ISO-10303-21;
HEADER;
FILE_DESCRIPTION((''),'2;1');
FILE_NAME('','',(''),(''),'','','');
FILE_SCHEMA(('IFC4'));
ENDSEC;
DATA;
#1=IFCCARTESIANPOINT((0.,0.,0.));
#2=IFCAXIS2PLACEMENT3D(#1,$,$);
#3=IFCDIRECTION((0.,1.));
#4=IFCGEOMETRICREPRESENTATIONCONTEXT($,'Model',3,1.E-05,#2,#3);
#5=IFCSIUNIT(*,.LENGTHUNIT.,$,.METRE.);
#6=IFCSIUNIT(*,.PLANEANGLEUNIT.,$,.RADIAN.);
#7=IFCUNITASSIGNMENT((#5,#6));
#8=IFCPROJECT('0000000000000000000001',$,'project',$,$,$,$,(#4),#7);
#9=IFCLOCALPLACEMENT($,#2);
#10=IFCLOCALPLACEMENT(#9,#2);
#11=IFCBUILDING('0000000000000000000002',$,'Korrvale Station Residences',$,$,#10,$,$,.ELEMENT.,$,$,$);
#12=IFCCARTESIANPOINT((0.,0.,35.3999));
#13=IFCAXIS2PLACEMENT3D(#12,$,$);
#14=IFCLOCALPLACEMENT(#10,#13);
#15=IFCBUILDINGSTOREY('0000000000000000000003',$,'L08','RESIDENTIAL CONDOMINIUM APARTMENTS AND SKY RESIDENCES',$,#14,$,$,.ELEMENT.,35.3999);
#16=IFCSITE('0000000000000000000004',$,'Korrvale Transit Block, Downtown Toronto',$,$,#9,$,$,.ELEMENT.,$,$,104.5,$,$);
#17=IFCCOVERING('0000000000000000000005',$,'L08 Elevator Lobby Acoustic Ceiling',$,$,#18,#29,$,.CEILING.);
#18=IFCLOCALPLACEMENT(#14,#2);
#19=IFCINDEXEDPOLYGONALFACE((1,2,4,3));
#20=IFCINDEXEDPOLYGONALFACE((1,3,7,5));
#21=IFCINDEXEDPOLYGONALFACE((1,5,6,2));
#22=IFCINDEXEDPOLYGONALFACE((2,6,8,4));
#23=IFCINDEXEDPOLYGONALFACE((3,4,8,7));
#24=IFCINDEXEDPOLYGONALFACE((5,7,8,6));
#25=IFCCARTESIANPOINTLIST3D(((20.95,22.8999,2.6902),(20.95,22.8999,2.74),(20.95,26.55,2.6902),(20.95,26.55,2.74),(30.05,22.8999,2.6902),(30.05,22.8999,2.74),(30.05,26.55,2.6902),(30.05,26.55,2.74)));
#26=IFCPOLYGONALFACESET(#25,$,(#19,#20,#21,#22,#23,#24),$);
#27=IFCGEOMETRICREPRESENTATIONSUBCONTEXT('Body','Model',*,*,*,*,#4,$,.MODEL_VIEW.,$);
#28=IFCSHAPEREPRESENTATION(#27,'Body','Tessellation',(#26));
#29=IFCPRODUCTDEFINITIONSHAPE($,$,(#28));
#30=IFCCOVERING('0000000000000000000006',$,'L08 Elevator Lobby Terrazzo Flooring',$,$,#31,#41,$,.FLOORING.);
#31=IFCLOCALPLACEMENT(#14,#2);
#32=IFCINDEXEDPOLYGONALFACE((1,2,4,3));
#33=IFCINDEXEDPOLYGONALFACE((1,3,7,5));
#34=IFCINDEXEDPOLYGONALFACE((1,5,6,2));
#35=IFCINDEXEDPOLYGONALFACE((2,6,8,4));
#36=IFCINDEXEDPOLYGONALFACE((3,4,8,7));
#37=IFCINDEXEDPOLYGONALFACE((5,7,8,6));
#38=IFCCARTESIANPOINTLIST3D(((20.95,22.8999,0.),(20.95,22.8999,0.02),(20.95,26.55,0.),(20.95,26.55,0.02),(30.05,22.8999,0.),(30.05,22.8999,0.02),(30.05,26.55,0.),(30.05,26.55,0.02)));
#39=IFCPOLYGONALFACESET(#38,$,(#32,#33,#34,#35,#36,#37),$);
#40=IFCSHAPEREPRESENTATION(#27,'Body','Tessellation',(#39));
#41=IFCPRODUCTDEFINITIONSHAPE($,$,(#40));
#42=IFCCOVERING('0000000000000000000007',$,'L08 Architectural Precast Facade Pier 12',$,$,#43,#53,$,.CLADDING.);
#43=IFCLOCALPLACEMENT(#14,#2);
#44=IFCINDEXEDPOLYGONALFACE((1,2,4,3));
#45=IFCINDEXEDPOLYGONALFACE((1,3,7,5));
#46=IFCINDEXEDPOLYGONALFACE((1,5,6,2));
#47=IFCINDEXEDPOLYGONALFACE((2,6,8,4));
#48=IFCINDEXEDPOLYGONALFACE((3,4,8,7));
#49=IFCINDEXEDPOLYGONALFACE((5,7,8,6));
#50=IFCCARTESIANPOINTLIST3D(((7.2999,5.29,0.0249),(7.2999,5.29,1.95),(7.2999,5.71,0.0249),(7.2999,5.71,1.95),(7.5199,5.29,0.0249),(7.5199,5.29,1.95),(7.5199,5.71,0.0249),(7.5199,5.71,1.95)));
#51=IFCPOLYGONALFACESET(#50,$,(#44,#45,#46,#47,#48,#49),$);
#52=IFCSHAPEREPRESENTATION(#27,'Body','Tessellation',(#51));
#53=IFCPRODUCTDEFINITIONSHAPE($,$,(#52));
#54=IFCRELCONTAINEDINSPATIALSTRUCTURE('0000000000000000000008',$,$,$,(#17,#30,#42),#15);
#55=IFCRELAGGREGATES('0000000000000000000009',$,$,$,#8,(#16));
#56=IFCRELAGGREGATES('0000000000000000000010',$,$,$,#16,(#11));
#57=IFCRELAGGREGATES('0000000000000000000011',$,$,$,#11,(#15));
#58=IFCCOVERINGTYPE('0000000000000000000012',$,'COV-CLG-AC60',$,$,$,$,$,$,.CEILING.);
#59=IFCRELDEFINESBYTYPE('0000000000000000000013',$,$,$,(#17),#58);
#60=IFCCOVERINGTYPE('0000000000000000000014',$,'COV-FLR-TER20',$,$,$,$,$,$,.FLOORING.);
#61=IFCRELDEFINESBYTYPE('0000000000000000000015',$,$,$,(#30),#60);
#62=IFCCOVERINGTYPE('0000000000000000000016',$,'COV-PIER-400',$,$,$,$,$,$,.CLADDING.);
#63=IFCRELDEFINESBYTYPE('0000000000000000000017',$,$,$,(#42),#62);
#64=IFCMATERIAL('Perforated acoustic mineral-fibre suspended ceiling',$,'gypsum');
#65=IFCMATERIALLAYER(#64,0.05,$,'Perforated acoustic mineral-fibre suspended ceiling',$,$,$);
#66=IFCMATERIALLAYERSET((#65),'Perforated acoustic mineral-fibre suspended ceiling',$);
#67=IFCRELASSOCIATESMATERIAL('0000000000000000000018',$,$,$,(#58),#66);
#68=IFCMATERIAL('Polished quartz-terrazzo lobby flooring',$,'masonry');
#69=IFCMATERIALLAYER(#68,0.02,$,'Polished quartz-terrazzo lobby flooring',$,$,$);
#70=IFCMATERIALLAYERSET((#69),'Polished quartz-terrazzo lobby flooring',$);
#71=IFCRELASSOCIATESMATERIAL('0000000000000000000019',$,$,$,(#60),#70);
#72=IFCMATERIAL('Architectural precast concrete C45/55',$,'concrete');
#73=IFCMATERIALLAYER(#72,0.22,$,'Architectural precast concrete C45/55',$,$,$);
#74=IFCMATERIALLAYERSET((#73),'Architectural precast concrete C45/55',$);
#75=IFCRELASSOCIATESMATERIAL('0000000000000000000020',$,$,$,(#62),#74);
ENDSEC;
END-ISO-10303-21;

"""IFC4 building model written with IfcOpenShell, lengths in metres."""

from ifc_helpers import new_model, si_unit, direction, frame, origin, origin_2d, place, context, subcontext, project, spatial, polyline, rectangle, outline, extrude, material, layer, layer_set, type_object, element, save


model = new_model("IFC4")

# Units and contexts
model_context = context("Model", 3, precision=1e-05, world=origin(), true_north=direction((0.0, 1.0)))
body_context = subcontext(model_context, "Body", "Model", "MODEL_VIEW")
ifc_project = project(units=[si_unit("LENGTHUNIT", "METRE"), si_unit("PLANEANGLEUNIT", "RADIAN")], contexts=[model_context])

# Site, building, storey
site_placement = place(None, origin())
site = spatial("IfcSite", under=ifc_project, at=site_placement, Name="Korrvale Transit Block, Downtown Toronto", CompositionType="ELEMENT", RefElevation=104.5)
building_placement = place(site_placement, origin())
building = spatial("IfcBuilding", under=site, at=building_placement, Name="Korrvale Station Residences", CompositionType="ELEMENT")
storey_placement = place(building_placement, frame((0.0, 0.0, 35.3999)))
storey = spatial("IfcBuildingStorey", under=building, at=storey_placement, Name="L08", Description="RESIDENTIAL CONDOMINIUM APARTMENTS AND SKY RESIDENCES", CompositionType="ELEMENT", Elevation=35.3999)

# Coverings
ifc_material_1 = material(Name="Perforated acoustic mineral-fibre suspended ceiling", Category="gypsum")
ifc_layer_1 = layer(ifc_material_1, 0.05, Name="Perforated acoustic mineral-fibre suspended ceiling")
ifc_layer_set_1 = layer_set([ifc_layer_1], Name="Perforated acoustic mineral-fibre suspended ceiling")
covering_type_1 = type_object("IfcCoveringType", Name="COV-CLG-AC60", PredefinedType="CEILING", material=ifc_layer_set_1)
covering_1_placement = place(storey_placement, frame((0.0, 0.0, 2.6902)))
element("IfcCovering", 1, at=covering_1_placement, inside=storey, type_object=covering_type_1, Name="L08 Elevator Lobby Acoustic Ceiling", PredefinedType="CEILING", context=body_context, shape_type="SweptSolid", body=[
    extrude(outline(polyline([(20.95, 22.8999), (30.05, 22.8999), (30.05, 26.55), (20.95, 26.55), (20.95, 22.8999)])), origin(), (0.0, 0.0, 1.0), 0.0498),
])
ifc_material_2 = material(Name="Polished quartz-terrazzo lobby flooring", Category="masonry")
ifc_layer_2 = layer(ifc_material_2, 0.02, Name="Polished quartz-terrazzo lobby flooring")
ifc_layer_set_2 = layer_set([ifc_layer_2], Name="Polished quartz-terrazzo lobby flooring")
covering_type_2 = type_object("IfcCoveringType", Name="COV-FLR-TER20", PredefinedType="FLOORING", material=ifc_layer_set_2)
covering_2_placement = place(storey_placement, origin())
element("IfcCovering", 2, at=covering_2_placement, inside=storey, type_object=covering_type_2, Name="L08 Elevator Lobby Terrazzo Flooring", PredefinedType="FLOORING", context=body_context, shape_type="SweptSolid", body=[
    extrude(outline(polyline([(20.95, 22.8999), (30.05, 22.8999), (30.05, 26.55), (20.95, 26.55), (20.95, 22.8999)])), origin(), (0.0, 0.0, 1.0), 0.02),
])
ifc_material_3 = material(Name="Architectural precast concrete C45/55", Category="concrete")
ifc_layer_3 = layer(ifc_material_3, 0.22, Name="Architectural precast concrete C45/55")
ifc_layer_set_3 = layer_set([ifc_layer_3], Name="Architectural precast concrete C45/55")
covering_type_3 = type_object("IfcCoveringType", Name="COV-PIER-400", PredefinedType="CLADDING", material=ifc_layer_set_3)
covering_3_placement = place(storey_placement, frame((7.4099, 5.5, 0.0249), z_axis=(0.0, 0.0, 1.0), x_axis=(0.0, 1.0, 0.0)))
element("IfcCovering", 3, at=covering_3_placement, inside=storey, type_object=covering_type_3, Name="L08 Architectural Precast Facade Pier 12", PredefinedType="CLADDING", context=body_context, shape_type="SweptSolid", body=[
    extrude(rectangle(XDim=0.4199, YDim=0.22, at=origin_2d()), origin(), (0.0, 0.0, 1.0), 1.925),
])

save(model, "model.ifc")
